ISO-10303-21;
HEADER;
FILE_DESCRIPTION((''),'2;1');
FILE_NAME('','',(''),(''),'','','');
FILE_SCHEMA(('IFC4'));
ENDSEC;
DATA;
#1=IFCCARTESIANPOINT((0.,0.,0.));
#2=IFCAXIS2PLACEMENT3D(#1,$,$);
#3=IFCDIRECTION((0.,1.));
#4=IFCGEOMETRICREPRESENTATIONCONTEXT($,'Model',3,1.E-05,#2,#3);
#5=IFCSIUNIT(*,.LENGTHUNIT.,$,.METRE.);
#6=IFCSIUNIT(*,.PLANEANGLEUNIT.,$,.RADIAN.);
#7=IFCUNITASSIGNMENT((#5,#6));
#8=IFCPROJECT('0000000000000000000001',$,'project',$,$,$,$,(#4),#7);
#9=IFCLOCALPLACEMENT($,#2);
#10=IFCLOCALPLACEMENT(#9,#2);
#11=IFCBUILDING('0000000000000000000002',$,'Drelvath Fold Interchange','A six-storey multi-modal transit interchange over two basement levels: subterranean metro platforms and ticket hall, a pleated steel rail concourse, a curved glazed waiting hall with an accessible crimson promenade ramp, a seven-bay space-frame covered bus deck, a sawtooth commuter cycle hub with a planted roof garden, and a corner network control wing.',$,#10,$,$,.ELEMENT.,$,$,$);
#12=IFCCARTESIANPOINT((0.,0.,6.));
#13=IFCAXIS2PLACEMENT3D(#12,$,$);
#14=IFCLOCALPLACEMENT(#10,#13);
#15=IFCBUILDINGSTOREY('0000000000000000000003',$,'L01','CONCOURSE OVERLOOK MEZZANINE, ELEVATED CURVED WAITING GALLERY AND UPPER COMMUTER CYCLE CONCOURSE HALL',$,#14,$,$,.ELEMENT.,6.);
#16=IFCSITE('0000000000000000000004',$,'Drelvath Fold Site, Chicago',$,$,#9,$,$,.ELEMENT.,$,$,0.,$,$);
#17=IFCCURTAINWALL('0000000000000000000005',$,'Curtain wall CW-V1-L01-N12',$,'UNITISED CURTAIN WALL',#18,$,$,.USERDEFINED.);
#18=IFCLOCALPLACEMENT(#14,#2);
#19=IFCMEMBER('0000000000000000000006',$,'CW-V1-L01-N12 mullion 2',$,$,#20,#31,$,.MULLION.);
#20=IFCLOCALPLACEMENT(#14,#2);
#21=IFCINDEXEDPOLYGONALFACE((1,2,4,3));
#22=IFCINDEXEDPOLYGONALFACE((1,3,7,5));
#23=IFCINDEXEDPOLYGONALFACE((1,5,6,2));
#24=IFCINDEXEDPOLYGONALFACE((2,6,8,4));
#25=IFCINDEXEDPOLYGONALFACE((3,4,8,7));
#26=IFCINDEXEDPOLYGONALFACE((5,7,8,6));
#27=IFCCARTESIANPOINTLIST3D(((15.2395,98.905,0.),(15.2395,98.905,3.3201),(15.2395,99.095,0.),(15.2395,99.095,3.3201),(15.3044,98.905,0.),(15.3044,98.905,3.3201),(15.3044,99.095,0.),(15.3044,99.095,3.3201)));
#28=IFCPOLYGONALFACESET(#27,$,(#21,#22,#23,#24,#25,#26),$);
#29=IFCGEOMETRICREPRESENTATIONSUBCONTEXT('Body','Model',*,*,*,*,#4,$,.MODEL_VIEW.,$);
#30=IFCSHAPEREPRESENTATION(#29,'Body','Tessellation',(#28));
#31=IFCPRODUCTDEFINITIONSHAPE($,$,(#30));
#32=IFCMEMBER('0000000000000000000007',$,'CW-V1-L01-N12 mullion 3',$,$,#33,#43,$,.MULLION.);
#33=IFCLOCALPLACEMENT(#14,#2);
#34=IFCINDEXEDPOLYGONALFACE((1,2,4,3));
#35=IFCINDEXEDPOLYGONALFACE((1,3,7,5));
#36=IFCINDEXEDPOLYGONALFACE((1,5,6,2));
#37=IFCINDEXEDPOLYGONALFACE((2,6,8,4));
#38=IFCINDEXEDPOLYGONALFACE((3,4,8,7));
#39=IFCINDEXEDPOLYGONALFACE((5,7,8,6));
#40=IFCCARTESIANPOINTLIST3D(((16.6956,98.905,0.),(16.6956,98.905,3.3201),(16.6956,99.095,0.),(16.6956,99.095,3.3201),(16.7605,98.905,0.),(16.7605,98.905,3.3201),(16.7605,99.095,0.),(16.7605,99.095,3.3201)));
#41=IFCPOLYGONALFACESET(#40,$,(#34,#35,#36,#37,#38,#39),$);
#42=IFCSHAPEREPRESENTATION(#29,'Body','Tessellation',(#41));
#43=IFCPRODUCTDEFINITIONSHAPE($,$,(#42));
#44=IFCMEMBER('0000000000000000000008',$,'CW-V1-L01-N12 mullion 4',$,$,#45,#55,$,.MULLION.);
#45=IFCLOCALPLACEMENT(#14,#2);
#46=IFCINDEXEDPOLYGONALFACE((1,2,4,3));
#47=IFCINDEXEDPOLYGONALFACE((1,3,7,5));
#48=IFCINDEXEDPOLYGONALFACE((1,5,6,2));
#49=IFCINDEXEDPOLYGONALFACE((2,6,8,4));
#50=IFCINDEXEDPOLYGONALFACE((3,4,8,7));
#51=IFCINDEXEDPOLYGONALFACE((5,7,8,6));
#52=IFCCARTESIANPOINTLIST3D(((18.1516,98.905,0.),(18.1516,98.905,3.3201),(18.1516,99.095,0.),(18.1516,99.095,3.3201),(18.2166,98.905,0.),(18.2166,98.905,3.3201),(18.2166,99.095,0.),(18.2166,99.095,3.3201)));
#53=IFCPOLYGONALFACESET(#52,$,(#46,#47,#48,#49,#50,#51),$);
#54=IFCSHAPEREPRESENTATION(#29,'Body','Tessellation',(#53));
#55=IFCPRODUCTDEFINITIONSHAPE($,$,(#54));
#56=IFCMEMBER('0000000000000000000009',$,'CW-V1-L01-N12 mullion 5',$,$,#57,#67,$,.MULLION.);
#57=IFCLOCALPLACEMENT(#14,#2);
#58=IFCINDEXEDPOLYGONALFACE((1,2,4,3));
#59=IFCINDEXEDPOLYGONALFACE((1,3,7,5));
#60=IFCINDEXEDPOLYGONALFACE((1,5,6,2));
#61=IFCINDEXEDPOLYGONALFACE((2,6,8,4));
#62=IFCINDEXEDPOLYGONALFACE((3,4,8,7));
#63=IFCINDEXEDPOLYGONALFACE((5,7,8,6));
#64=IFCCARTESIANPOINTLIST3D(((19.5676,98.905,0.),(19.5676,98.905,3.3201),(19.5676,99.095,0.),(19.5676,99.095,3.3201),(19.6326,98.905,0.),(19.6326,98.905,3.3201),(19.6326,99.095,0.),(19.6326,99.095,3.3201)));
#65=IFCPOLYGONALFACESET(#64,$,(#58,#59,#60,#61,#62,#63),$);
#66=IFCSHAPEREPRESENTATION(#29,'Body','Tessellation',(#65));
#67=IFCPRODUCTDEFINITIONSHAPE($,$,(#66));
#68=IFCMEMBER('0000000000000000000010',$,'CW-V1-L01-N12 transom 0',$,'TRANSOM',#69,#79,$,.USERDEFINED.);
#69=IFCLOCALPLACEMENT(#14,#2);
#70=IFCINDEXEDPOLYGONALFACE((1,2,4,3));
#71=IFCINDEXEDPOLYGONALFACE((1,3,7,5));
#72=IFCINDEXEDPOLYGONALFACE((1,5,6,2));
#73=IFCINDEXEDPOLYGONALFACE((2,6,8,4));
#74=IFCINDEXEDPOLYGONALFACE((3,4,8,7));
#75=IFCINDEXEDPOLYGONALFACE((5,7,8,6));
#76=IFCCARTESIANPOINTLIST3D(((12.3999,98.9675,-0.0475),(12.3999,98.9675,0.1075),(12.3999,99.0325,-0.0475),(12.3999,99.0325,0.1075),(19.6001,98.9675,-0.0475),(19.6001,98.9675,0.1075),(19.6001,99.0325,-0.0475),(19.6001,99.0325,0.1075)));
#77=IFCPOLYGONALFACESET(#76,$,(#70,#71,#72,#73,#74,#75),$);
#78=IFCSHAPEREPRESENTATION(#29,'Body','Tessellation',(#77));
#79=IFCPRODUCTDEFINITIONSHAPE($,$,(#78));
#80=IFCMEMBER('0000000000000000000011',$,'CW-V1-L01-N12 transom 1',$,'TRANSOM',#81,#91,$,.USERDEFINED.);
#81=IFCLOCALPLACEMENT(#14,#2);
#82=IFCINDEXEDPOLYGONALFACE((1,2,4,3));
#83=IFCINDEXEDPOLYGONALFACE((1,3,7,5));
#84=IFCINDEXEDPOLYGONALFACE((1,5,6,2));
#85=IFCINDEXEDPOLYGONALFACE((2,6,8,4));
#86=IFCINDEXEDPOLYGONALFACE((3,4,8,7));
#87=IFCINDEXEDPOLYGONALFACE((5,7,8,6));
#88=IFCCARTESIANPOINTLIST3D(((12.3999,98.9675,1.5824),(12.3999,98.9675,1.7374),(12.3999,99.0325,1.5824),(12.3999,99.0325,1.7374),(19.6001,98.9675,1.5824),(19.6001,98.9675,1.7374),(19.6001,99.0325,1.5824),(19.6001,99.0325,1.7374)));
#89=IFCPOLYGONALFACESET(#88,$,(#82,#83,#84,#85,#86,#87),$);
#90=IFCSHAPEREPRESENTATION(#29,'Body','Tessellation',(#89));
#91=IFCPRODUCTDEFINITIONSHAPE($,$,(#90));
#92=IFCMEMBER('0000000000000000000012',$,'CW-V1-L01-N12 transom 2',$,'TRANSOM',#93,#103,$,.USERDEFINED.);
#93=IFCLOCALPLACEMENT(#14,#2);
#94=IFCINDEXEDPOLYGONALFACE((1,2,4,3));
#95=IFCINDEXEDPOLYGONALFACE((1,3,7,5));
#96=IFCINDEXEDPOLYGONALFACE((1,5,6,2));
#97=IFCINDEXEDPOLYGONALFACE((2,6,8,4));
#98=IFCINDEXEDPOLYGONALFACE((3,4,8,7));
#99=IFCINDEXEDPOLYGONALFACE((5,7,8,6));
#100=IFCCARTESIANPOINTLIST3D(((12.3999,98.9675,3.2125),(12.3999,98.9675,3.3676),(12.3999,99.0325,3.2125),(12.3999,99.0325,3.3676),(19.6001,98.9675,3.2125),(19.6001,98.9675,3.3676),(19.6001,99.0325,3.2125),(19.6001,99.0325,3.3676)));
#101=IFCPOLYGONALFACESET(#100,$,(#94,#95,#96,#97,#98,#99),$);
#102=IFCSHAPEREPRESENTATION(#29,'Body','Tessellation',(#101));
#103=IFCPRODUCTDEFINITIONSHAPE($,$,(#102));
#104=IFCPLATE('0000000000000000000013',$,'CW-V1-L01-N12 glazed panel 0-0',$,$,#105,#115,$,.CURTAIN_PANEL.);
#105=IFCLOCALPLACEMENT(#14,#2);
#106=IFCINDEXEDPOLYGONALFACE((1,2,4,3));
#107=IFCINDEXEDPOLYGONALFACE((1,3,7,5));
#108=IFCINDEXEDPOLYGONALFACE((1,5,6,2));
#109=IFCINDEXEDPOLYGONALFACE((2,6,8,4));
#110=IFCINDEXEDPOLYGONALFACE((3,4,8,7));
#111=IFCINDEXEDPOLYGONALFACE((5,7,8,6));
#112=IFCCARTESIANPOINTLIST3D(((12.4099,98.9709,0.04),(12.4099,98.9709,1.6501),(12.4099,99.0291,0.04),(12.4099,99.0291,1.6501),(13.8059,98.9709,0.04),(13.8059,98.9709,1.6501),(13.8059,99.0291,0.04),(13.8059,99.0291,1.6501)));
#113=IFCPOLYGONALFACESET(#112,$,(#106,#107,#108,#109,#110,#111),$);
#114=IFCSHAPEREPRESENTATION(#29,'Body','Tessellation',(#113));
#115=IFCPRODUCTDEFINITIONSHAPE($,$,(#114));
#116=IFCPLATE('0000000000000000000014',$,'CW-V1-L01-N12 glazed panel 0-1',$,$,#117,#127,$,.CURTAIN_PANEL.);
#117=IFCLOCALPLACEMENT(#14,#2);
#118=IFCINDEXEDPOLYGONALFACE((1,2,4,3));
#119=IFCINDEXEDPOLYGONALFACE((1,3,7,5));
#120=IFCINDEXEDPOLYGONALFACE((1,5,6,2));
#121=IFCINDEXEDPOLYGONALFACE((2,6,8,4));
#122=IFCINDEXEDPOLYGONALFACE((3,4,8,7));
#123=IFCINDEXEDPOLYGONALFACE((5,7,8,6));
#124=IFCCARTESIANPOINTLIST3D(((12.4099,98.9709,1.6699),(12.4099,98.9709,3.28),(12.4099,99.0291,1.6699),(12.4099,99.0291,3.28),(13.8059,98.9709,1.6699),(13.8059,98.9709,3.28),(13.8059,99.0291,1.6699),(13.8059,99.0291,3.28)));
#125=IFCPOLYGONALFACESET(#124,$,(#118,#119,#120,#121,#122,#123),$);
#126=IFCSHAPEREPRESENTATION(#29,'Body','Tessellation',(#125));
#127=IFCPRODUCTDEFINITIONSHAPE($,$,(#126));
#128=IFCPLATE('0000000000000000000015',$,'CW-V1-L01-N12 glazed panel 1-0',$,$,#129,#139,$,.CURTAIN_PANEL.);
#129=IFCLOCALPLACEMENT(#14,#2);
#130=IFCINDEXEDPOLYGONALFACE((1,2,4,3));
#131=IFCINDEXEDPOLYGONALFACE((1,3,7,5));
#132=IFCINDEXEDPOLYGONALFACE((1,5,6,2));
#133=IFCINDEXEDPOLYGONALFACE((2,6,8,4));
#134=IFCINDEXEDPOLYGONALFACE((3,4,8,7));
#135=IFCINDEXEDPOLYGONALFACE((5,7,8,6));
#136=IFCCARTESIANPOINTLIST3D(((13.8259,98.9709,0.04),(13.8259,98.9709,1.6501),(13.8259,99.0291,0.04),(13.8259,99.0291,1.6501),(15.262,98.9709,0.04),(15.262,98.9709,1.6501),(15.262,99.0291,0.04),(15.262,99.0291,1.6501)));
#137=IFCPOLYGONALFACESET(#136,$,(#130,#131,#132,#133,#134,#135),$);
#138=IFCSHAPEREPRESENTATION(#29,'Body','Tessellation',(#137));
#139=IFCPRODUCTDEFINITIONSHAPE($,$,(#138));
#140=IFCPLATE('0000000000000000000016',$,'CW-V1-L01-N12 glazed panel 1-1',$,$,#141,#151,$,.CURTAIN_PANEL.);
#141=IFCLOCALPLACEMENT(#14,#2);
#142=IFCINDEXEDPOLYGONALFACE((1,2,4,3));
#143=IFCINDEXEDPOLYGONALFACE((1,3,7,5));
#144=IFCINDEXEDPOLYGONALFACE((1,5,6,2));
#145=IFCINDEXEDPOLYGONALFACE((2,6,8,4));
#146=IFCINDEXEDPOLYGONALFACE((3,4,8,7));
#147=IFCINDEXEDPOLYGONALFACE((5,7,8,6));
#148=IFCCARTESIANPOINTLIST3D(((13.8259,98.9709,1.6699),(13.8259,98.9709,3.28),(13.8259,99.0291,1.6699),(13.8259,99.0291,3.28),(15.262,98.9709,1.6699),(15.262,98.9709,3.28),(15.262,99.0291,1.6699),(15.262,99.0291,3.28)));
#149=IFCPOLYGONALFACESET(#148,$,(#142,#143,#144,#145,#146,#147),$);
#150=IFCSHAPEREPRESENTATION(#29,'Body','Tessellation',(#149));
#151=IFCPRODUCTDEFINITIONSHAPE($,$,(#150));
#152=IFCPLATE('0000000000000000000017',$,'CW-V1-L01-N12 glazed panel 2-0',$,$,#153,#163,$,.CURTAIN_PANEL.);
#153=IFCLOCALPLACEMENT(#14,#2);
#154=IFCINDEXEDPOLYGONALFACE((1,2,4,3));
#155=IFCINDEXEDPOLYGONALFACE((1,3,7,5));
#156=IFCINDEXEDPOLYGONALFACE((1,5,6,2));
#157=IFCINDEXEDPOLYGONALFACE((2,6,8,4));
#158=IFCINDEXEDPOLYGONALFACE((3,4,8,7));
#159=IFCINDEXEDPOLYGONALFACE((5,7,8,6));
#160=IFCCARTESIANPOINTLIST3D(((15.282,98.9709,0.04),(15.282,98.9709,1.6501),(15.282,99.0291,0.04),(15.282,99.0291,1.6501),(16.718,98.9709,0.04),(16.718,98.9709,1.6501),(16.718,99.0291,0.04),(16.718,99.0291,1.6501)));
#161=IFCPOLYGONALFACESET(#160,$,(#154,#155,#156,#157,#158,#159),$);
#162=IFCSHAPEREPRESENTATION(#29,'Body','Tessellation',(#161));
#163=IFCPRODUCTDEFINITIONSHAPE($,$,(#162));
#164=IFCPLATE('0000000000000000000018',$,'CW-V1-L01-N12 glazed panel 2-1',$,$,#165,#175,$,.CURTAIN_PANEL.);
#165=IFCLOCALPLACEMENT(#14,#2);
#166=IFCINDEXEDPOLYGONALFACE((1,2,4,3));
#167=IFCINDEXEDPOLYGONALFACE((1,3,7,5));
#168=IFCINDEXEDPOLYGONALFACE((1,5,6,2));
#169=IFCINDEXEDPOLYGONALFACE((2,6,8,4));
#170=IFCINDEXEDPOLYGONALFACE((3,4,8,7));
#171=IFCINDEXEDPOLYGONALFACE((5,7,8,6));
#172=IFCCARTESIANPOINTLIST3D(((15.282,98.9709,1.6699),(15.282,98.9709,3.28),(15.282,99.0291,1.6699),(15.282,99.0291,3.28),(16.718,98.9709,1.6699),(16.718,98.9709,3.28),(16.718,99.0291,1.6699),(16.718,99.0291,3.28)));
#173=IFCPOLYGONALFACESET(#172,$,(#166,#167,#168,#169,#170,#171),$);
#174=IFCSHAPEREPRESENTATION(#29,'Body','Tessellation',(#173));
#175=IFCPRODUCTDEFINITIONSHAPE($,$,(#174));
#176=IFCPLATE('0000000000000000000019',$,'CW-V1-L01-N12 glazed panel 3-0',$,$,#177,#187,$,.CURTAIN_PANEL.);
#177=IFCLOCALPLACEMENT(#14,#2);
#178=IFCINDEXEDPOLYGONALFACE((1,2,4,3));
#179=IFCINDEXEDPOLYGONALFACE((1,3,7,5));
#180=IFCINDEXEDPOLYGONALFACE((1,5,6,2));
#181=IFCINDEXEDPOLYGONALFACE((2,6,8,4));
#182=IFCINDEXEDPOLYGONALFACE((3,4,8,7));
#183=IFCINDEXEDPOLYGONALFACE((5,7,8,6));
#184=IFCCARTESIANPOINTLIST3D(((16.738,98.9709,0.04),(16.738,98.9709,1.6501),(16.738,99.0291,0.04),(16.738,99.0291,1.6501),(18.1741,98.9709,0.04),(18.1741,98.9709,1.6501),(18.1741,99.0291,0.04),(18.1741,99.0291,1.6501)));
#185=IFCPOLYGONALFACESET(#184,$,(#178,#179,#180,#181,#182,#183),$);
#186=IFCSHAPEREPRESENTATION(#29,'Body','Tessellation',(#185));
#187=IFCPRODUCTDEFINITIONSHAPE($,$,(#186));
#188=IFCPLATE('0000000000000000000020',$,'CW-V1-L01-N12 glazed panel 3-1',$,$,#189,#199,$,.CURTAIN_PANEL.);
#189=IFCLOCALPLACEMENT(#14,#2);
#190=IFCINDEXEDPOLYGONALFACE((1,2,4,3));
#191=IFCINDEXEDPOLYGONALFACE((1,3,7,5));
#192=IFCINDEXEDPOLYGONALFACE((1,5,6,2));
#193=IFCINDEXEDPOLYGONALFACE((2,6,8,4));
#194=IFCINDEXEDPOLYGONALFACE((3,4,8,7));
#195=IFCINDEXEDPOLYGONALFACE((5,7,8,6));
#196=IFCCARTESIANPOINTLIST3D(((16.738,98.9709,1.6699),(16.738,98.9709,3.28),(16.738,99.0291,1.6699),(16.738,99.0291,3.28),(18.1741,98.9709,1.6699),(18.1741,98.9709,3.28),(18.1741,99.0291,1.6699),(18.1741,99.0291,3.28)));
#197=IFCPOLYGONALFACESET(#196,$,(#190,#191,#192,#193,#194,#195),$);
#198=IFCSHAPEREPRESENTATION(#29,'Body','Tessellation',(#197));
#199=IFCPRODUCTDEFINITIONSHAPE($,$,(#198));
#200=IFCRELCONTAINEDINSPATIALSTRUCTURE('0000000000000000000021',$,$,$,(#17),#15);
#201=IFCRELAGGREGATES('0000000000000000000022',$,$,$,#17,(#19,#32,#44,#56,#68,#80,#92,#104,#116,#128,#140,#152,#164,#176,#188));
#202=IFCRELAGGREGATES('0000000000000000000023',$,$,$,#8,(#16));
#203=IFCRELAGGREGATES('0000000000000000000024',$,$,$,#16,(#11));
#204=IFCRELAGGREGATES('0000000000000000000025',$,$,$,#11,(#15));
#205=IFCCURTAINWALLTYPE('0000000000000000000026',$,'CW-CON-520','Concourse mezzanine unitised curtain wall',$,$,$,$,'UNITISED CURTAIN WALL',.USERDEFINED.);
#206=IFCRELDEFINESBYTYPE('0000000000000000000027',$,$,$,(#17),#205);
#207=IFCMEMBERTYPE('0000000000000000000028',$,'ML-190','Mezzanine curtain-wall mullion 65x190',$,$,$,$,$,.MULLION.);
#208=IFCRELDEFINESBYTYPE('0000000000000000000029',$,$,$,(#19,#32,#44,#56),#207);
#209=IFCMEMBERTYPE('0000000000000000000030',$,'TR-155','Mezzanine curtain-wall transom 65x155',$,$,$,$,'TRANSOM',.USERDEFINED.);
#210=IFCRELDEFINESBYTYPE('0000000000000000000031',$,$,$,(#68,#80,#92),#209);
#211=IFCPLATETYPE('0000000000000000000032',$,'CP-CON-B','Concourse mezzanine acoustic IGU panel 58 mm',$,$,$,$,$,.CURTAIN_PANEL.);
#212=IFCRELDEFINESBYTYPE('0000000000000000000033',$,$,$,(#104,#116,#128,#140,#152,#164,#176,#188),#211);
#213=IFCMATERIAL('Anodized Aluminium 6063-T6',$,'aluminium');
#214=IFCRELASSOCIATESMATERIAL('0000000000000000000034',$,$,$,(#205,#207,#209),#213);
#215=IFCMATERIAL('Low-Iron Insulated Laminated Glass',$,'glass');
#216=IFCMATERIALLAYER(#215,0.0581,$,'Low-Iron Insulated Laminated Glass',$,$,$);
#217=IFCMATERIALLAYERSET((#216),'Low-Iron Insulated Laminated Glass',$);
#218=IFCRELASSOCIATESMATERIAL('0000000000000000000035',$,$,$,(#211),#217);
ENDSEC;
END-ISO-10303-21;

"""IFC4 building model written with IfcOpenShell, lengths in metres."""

from ifc_helpers import new_model, si_unit, direction, frame, origin, origin_2d, place, context, subcontext, project, spatial, rectangle, extrude, material, layer, layer_set, material_profile, profile_set, type_object, element, aggregate, save


model = new_model("IFC4")

# Units and contexts
model_context = context("Model", 3, precision=1e-05, world=origin(), true_north=direction((0.0, 1.0)))
body_context = subcontext(model_context, "Body", "Model", "MODEL_VIEW")
ifc_project = project(units=[si_unit("LENGTHUNIT", "METRE"), si_unit("PLANEANGLEUNIT", "RADIAN")], contexts=[model_context])

# Site, building, storey
site_placement = place(None, origin())
site = spatial("IfcSite", under=ifc_project, at=site_placement, Name="Drelvath Fold Site, Chicago", CompositionType="ELEMENT", RefElevation=0.0)
building_placement = place(site_placement, origin())
building = spatial("IfcBuilding", under=site, at=building_placement, Name="Drelvath Fold Interchange", Description="A six-storey multi-modal transit interchange over two basement levels: subterranean metro platforms and ticket hall, a pleated steel rail concourse, a curved glazed waiting hall with an accessible crimson promenade ramp, a seven-bay space-frame covered bus deck, a sawtooth commuter cycle hub with a planted roof garden, and a corner network control wing.", CompositionType="ELEMENT")
storey_placement = place(building_placement, frame((0.0, 0.0, 6.0)))
storey = spatial("IfcBuildingStorey", under=building, at=storey_placement, Name="L01", Description="CONCOURSE OVERLOOK MEZZANINE, ELEVATED CURVED WAITING GALLERY AND UPPER COMMUTER CYCLE CONCOURSE HALL", CompositionType="ELEMENT", Elevation=6.0)

# Curtain wall, members, plates
ifc_material_1 = material(Name="Anodized Aluminium 6063-T6", Category="aluminium")
curtain_wall_type = type_object("IfcCurtainWallType", Name="CW-CON-520", Description="Concourse mezzanine unitised curtain wall", ElementType="UNITISED CURTAIN WALL", PredefinedType="USERDEFINED", material=ifc_material_1)
curtain_wall_placement = place(storey_placement, origin())
curtain_wall = element("IfcCurtainWall", 1, at=curtain_wall_placement, inside=storey, type_object=curtain_wall_type, Name="Curtain wall CW-V1-L01-N12", ObjectType="UNITISED CURTAIN WALL", PredefinedType="USERDEFINED")
ifc_material_profile_1 = material_profile(ifc_material_1, rectangle(XDim=0.0649, YDim=0.1899, at=origin_2d()), Name="AL-M 65x190")
ifc_profile_set_1 = profile_set([ifc_material_profile_1], Name="Anodized Aluminium 6063-T6")
member_type_1 = type_object("IfcMemberType", Name="ML-190", Description="Mezzanine curtain-wall mullion 65x190", PredefinedType="MULLION", material=ifc_profile_set_1)
member_1_placement = place(storey_placement, frame((15.272, 99.0, 0.0), z_axis=(0.0, 0.0, 1.0), x_axis=(1.0, 0.0, 0.0)))
member_1 = element("IfcMember", 2, at=member_1_placement, type_object=member_type_1, Name="CW-V1-L01-N12 mullion 2", PredefinedType="MULLION", context=body_context, shape_type="SweptSolid", body=[
    extrude(rectangle(XDim=0.0649, YDim=0.1899, at=origin_2d()), origin(), (0.0, 0.0, 1.0), 3.3201),
])
member_2_placement = place(storey_placement, frame((16.728, 99.0, 0.0), z_axis=(0.0, 0.0, 1.0), x_axis=(1.0, 0.0, 0.0)))
member_2 = element("IfcMember", 3, at=member_2_placement, type_object=member_type_1, Name="CW-V1-L01-N12 mullion 3", PredefinedType="MULLION", context=body_context, shape_type="SweptSolid", body=[
    extrude(rectangle(XDim=0.0649, YDim=0.1899, at=origin_2d()), origin(), (0.0, 0.0, 1.0), 3.3201),
])
member_3_placement = place(storey_placement, frame((18.1841, 99.0, 0.0), z_axis=(0.0, 0.0, 1.0), x_axis=(1.0, 0.0, 0.0)))
member_3 = element("IfcMember", 4, at=member_3_placement, type_object=member_type_1, Name="CW-V1-L01-N12 mullion 4", PredefinedType="MULLION", context=body_context, shape_type="SweptSolid", body=[
    extrude(rectangle(XDim=0.0649, YDim=0.1899, at=origin_2d()), origin(), (0.0, 0.0, 1.0), 3.3201),
])
member_4_placement = place(storey_placement, frame((19.6001, 99.0, 0.0), z_axis=(0.0, 0.0, 1.0), x_axis=(1.0, 0.0, 0.0)))
member_4 = element("IfcMember", 5, at=member_4_placement, type_object=member_type_1, Name="CW-V1-L01-N12 mullion 5", PredefinedType="MULLION", context=body_context, shape_type="SweptSolid", body=[
    extrude(rectangle(XDim=0.0649, YDim=0.1899, at=origin_2d()), origin(), (0.0, 0.0, 1.0), 3.3201),
])
ifc_material_profile_2 = material_profile(ifc_material_1, rectangle(XDim=0.0649, YDim=0.155, at=origin_2d()), Name="AL-T 65x155")
ifc_profile_set_2 = profile_set([ifc_material_profile_2], Name="Anodized Aluminium 6063-T6")
member_type_2 = type_object("IfcMemberType", Name="TR-155", Description="Mezzanine curtain-wall transom 65x155", ElementType="TRANSOM", PredefinedType="USERDEFINED", material=ifc_profile_set_2)
member_5_placement = place(storey_placement, frame((12.3999, 99.0, 0.03), z_axis=(1.0, 0.0, 0.0), x_axis=(0.0, 1.0, 0.0)))
member_5 = element("IfcMember", 6, at=member_5_placement, type_object=member_type_2, Name="CW-V1-L01-N12 transom 0", ObjectType="TRANSOM", PredefinedType="USERDEFINED", context=body_context, shape_type="SweptSolid", body=[
    extrude(rectangle(XDim=0.0649, YDim=0.155, at=origin_2d()), origin(), (0.0, 0.0, 1.0), 7.2002),
])
member_6_placement = place(storey_placement, frame((12.3999, 99.0, 1.6599), z_axis=(1.0, 0.0, 0.0), x_axis=(0.0, 1.0, 0.0)))
member_6 = element("IfcMember", 7, at=member_6_placement, type_object=member_type_2, Name="CW-V1-L01-N12 transom 1", ObjectType="TRANSOM", PredefinedType="USERDEFINED", context=body_context, shape_type="SweptSolid", body=[
    extrude(rectangle(XDim=0.0649, YDim=0.155, at=origin_2d()), origin(), (0.0, 0.0, 1.0), 7.2002),
])
member_7_placement = place(storey_placement, frame((12.3999, 99.0, 3.29), z_axis=(1.0, 0.0, 0.0), x_axis=(0.0, 1.0, 0.0)))
member_7 = element("IfcMember", 8, at=member_7_placement, type_object=member_type_2, Name="CW-V1-L01-N12 transom 2", ObjectType="TRANSOM", PredefinedType="USERDEFINED", context=body_context, shape_type="SweptSolid", body=[
    extrude(rectangle(XDim=0.0649, YDim=0.155, at=origin_2d()), origin(), (0.0, 0.0, 1.0), 7.2002),
])
ifc_material_2 = material(Name="Low-Iron Insulated Laminated Glass", Category="glass")
ifc_layer_1 = layer(ifc_material_2, 0.0581, Name="Low-Iron Insulated Laminated Glass")
ifc_layer_set_1 = layer_set([ifc_layer_1], Name="Low-Iron Insulated Laminated Glass")
plate_type = type_object("IfcPlateType", Name="CP-CON-B", Description="Concourse mezzanine acoustic IGU panel 58 mm", PredefinedType="CURTAIN_PANEL", material=ifc_layer_set_1)
plate_1_placement = place(storey_placement, frame((13.1079, 99.0, 0.04), z_axis=(0.0, 0.0, 1.0), x_axis=(1.0, 0.0, 0.0)))
plate_1 = element("IfcPlate", 9, at=plate_1_placement, type_object=plate_type, Name="CW-V1-L01-N12 glazed panel 0-0", PredefinedType="CURTAIN_PANEL", context=body_context, shape_type="SweptSolid", body=[
    extrude(rectangle(XDim=1.396, YDim=0.0581, at=origin_2d()), origin(), (0.0, 0.0, 1.0), 1.6101),
])
plate_2_placement = place(storey_placement, frame((13.1079, 99.0, 1.6699), z_axis=(0.0, 0.0, 1.0), x_axis=(1.0, 0.0, 0.0)))
plate_2 = element("IfcPlate", 10, at=plate_2_placement, type_object=plate_type, Name="CW-V1-L01-N12 glazed panel 0-1", PredefinedType="CURTAIN_PANEL", context=body_context, shape_type="SweptSolid", body=[
    extrude(rectangle(XDim=1.396, YDim=0.0581, at=origin_2d()), origin(), (0.0, 0.0, 1.0), 1.6101),
])
plate_3_placement = place(storey_placement, frame((14.5439, 99.0, 0.04), z_axis=(0.0, 0.0, 1.0), x_axis=(1.0, 0.0, 0.0)))
plate_3 = element("IfcPlate", 11, at=plate_3_placement, type_object=plate_type, Name="CW-V1-L01-N12 glazed panel 1-0", PredefinedType="CURTAIN_PANEL", context=body_context, shape_type="SweptSolid", body=[
    extrude(rectangle(XDim=1.436, YDim=0.0581, at=origin_2d()), origin(), (0.0, 0.0, 1.0), 1.6101),
])
plate_4_placement = place(storey_placement, frame((14.5439, 99.0, 1.6699), z_axis=(0.0, 0.0, 1.0), x_axis=(1.0, 0.0, 0.0)))
plate_4 = element("IfcPlate", 12, at=plate_4_placement, type_object=plate_type, Name="CW-V1-L01-N12 glazed panel 1-1", PredefinedType="CURTAIN_PANEL", context=body_context, shape_type="SweptSolid", body=[
    extrude(rectangle(XDim=1.436, YDim=0.0581, at=origin_2d()), origin(), (0.0, 0.0, 1.0), 1.6101),
])
plate_5_placement = place(storey_placement, frame((16.0, 99.0, 0.04), z_axis=(0.0, 0.0, 1.0), x_axis=(1.0, 0.0, 0.0)))
plate_5 = element("IfcPlate", 13, at=plate_5_placement, type_object=plate_type, Name="CW-V1-L01-N12 glazed panel 2-0", PredefinedType="CURTAIN_PANEL", context=body_context, shape_type="SweptSolid", body=[
    extrude(rectangle(XDim=1.436, YDim=0.0581, at=origin_2d()), origin(), (0.0, 0.0, 1.0), 1.6101),
])
plate_6_placement = place(storey_placement, frame((16.0, 99.0, 1.6699), z_axis=(0.0, 0.0, 1.0), x_axis=(1.0, 0.0, 0.0)))
plate_6 = element("IfcPlate", 14, at=plate_6_placement, type_object=plate_type, Name="CW-V1-L01-N12 glazed panel 2-1", PredefinedType="CURTAIN_PANEL", context=body_context, shape_type="SweptSolid", body=[
    extrude(rectangle(XDim=1.436, YDim=0.0581, at=origin_2d()), origin(), (0.0, 0.0, 1.0), 1.6101),
])
plate_7_placement = place(storey_placement, frame((17.4561, 99.0, 0.04), z_axis=(0.0, 0.0, 1.0), x_axis=(1.0, 0.0, 0.0)))
plate_7 = element("IfcPlate", 15, at=plate_7_placement, type_object=plate_type, Name="CW-V1-L01-N12 glazed panel 3-0", PredefinedType="CURTAIN_PANEL", context=body_context, shape_type="SweptSolid", body=[
    extrude(rectangle(XDim=1.436, YDim=0.0581, at=origin_2d()), origin(), (0.0, 0.0, 1.0), 1.6101),
])
plate_8_placement = place(storey_placement, frame((17.4561, 99.0, 1.6699), z_axis=(0.0, 0.0, 1.0), x_axis=(1.0, 0.0, 0.0)))
plate_8 = element("IfcPlate", 16, at=plate_8_placement, type_object=plate_type, Name="CW-V1-L01-N12 glazed panel 3-1", PredefinedType="CURTAIN_PANEL", context=body_context, shape_type="SweptSolid", body=[
    extrude(rectangle(XDim=1.436, YDim=0.0581, at=origin_2d()), origin(), (0.0, 0.0, 1.0), 1.6101),
])
aggregate(curtain_wall, [member_1, member_2, member_3, member_4, member_5, member_6, member_7, plate_1, plate_2, plate_3, plate_4, plate_5, plate_6, plate_7, plate_8])

save(model, "model.ifc")
